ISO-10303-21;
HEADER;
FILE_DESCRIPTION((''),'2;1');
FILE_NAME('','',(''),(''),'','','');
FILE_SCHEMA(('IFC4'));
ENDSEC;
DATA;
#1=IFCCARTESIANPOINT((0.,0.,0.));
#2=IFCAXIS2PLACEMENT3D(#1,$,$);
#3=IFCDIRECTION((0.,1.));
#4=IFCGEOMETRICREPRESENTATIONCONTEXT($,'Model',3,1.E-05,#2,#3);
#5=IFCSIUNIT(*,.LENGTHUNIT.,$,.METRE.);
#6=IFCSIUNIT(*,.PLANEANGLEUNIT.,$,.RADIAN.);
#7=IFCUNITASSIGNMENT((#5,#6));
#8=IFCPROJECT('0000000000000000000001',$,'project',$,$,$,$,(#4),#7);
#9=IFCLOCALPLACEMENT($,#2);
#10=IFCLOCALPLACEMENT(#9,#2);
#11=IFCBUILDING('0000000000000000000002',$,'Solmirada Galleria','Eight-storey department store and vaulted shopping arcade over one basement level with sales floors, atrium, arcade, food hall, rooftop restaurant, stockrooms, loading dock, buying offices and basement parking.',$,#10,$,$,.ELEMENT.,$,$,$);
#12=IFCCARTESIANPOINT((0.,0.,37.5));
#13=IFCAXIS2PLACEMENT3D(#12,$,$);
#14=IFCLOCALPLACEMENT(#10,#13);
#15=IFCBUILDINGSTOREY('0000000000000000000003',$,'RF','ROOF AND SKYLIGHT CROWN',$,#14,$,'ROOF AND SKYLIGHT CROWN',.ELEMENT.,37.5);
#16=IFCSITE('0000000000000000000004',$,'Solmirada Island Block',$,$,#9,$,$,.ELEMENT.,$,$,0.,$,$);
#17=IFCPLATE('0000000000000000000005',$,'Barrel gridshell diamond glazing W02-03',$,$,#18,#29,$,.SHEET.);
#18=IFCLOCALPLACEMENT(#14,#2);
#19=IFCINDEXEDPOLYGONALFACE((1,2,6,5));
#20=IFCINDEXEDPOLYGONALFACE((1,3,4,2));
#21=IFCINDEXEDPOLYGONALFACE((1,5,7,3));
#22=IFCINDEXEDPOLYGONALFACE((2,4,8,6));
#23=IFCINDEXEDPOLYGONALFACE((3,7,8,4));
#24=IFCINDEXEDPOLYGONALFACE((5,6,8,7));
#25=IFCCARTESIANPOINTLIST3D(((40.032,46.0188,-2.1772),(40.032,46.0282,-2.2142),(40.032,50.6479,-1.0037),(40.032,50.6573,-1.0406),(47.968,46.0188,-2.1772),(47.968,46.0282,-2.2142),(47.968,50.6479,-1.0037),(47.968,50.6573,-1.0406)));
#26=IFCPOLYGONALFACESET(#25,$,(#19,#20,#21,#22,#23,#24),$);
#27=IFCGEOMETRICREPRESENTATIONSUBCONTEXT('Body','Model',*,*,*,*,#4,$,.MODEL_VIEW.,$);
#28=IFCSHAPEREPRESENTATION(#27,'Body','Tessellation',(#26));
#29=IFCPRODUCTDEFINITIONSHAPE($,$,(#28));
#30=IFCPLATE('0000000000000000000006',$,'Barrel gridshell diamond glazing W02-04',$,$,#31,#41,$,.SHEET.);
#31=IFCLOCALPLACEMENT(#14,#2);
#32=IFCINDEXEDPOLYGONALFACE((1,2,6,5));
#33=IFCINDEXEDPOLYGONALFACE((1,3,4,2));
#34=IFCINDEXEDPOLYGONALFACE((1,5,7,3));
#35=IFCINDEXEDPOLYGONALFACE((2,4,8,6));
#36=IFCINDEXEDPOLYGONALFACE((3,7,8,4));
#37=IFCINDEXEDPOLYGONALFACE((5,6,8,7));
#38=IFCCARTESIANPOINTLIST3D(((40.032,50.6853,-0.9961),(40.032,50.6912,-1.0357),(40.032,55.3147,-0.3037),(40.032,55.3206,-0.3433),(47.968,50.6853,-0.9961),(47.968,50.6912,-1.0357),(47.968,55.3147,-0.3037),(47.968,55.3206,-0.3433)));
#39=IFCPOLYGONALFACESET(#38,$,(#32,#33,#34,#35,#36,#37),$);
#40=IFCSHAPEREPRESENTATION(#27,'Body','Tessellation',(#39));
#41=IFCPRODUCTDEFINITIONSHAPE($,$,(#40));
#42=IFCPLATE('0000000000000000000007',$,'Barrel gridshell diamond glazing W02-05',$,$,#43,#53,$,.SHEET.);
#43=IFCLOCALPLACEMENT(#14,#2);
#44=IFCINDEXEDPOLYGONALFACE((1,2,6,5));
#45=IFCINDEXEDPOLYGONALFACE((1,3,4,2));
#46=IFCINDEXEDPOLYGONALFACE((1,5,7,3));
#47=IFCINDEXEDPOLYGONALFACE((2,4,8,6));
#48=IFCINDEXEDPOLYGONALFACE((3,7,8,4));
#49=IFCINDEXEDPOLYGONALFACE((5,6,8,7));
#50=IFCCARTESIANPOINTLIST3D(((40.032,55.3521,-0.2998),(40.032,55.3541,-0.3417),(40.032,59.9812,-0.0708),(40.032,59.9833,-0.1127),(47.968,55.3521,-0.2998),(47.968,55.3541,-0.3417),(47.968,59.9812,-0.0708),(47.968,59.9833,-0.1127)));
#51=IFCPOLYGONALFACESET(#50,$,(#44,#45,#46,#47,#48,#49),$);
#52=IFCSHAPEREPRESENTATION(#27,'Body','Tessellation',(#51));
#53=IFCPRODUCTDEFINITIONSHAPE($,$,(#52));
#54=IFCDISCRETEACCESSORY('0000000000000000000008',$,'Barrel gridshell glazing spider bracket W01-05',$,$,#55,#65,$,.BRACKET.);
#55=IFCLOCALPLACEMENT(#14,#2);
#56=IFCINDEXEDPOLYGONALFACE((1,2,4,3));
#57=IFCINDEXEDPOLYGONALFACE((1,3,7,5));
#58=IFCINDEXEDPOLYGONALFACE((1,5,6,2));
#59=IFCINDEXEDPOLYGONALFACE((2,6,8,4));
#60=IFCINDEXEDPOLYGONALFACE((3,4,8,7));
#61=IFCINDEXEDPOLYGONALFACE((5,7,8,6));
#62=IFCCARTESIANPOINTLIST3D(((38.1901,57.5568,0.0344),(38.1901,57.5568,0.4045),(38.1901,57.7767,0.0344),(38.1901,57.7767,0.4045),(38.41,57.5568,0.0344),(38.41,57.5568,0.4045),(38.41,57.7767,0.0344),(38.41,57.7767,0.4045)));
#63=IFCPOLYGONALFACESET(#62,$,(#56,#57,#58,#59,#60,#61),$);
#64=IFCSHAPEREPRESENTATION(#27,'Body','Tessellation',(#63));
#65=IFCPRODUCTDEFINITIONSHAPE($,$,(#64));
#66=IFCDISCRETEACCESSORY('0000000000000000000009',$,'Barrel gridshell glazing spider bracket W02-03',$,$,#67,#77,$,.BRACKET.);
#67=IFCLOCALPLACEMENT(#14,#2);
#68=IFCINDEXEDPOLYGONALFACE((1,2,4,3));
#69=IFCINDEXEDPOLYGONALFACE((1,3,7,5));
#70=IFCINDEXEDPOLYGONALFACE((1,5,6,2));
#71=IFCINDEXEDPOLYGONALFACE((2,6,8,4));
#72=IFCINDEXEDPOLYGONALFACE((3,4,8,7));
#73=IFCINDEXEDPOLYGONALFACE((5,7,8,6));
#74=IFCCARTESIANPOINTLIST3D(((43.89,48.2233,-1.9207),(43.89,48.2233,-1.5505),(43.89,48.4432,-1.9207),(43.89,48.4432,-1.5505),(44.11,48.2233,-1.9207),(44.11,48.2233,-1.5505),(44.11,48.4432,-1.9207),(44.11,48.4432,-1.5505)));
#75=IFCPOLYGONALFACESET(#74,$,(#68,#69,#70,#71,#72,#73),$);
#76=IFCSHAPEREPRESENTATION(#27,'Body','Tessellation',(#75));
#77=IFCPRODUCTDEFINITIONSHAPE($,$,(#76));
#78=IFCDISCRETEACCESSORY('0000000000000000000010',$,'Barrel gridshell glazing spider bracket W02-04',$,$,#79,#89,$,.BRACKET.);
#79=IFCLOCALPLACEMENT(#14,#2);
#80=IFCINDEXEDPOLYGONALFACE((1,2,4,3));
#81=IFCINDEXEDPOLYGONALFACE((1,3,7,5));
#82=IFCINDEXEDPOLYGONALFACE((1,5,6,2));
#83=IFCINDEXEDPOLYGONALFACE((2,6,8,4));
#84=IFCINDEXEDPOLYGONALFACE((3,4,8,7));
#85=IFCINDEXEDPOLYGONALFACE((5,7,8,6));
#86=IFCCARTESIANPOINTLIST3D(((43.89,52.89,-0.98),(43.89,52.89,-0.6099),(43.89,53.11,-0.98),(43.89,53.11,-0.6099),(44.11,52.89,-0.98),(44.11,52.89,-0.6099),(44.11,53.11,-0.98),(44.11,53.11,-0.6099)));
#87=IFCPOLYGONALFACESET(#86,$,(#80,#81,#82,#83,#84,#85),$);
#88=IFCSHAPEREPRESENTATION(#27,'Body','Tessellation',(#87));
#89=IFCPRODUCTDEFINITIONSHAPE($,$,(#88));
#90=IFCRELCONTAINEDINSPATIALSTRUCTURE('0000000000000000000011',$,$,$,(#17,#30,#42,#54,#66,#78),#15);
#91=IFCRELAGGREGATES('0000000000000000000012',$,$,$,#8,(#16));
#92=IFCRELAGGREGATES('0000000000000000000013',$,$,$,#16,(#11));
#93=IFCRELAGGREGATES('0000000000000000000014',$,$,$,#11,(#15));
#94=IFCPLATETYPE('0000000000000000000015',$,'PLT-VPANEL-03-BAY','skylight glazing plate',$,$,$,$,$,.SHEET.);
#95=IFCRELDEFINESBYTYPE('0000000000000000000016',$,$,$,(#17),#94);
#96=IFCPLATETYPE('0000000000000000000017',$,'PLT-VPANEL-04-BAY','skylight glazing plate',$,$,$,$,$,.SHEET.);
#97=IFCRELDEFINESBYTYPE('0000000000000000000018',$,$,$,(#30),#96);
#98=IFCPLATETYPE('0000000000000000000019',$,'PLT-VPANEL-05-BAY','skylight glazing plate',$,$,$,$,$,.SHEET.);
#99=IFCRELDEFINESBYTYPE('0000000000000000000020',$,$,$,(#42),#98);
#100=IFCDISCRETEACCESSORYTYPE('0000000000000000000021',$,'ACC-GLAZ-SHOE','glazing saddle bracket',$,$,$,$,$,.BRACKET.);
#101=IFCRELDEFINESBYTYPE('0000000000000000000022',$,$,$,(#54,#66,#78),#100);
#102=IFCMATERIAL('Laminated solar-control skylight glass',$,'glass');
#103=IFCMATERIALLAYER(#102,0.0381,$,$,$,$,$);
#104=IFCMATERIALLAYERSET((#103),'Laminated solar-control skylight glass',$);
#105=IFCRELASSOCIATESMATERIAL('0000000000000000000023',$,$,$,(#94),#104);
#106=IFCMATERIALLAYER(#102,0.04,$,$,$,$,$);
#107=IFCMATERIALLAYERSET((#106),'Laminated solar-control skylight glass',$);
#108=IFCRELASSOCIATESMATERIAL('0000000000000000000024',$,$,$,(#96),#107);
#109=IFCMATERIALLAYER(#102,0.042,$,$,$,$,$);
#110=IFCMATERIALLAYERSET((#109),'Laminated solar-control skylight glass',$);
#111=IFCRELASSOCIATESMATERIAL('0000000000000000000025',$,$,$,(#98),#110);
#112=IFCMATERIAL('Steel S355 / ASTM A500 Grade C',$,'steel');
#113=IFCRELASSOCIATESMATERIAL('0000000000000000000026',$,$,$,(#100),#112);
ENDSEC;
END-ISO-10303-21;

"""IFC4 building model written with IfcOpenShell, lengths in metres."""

from ifc_helpers import new_model, si_unit, direction, frame, origin, origin_2d, place, context, subcontext, project, spatial, polyline, rectangle, outline, extrude, material, layer, layer_set, type_object, element, save


model = new_model("IFC4")

# Units and contexts
model_context = context("Model", 3, precision=1e-05, world=origin(), true_north=direction((0.0, 1.0)))
body_context = subcontext(model_context, "Body", "Model", "MODEL_VIEW")
ifc_project = project(units=[si_unit("LENGTHUNIT", "METRE"), si_unit("PLANEANGLEUNIT", "RADIAN")], contexts=[model_context])

# Site, building, storey
site_placement = place(None, origin())
site = spatial("IfcSite", under=ifc_project, at=site_placement, Name="Solmirada Island Block", CompositionType="ELEMENT", RefElevation=0.0)
building_placement = place(site_placement, origin())
building = spatial("IfcBuilding", under=site, at=building_placement, Name="Solmirada Galleria", Description="Eight-storey department store and vaulted shopping arcade over one basement level with sales floors, atrium, arcade, food hall, rooftop restaurant, stockrooms, loading dock, buying offices and basement parking.", CompositionType="ELEMENT")
storey_placement = place(building_placement, frame((0.0, 0.0, 37.5)))
storey = spatial("IfcBuildingStorey", under=building, at=storey_placement, Name="RF", Description="ROOF AND SKYLIGHT CROWN", LongName="ROOF AND SKYLIGHT CROWN", CompositionType="ELEMENT", Elevation=37.5)

# Shared definitions
ifc_material_1 = material(Name="Steel S355 / ASTM A500 Grade C", Category="steel")

# Plates
ifc_material_2 = material(Name="Laminated solar-control skylight glass", Category="glass")
ifc_layer_1 = layer(ifc_material_2, 0.0381)
ifc_layer_set_1 = layer_set([ifc_layer_1], Name="Laminated solar-control skylight glass")
plate_type_1 = type_object("IfcPlateType", Name="PLT-VPANEL-03-BAY", Description="skylight glazing plate", PredefinedType="SHEET", material=ifc_layer_set_1)
plate_1_placement = place(storey_placement, frame((40.032, 46.0188, -2.1772), z_axis=(0.0, -0.245746, 0.969334), x_axis=(1.0, 0.0, 0.0)))
element("IfcPlate", 1, at=plate_1_placement, inside=storey, type_object=plate_type_1, Name="Barrel gridshell diamond glazing W02-03", PredefinedType="SHEET", context=body_context, shape_type="SweptSolid", body=[
    extrude(outline(polyline([(0.0, 0.0), (7.936, 0.0), (7.936, 4.7756), (0.0, 4.7756), (0.0, 0.0)])), origin(), (0.0, 0.0, -1.0), 0.0381),
])
ifc_layer_2 = layer(ifc_material_2, 0.04)
ifc_layer_set_2 = layer_set([ifc_layer_2], Name="Laminated solar-control skylight glass")
plate_type_2 = type_object("IfcPlateType", Name="PLT-VPANEL-04-BAY", Description="skylight glazing plate", PredefinedType="SHEET", material=ifc_layer_set_2)
plate_2_placement = place(storey_placement, frame((40.032, 50.6853, -0.9961), z_axis=(0.0, -0.147917, 0.989), x_axis=(1.0, 0.0, 0.0)))
element("IfcPlate", 2, at=plate_2_placement, inside=storey, type_object=plate_type_2, Name="Barrel gridshell diamond glazing W02-04", PredefinedType="SHEET", context=body_context, shape_type="SweptSolid", body=[
    extrude(outline(polyline([(0.0, 0.0), (7.936, 0.0), (7.936, 4.6809), (0.0, 4.6809), (0.0, 0.0)])), origin(), (0.0, 0.0, -1.0), 0.04),
])
ifc_layer_3 = layer(ifc_material_2, 0.042)
ifc_layer_set_3 = layer_set([ifc_layer_3], Name="Laminated solar-control skylight glass")
plate_type_3 = type_object("IfcPlateType", Name="PLT-VPANEL-05-BAY", Description="skylight glazing plate", PredefinedType="SHEET", material=ifc_layer_set_3)
plate_3_placement = place(storey_placement, frame((40.032, 55.3521, -0.2998), z_axis=(0.0, -0.04941, 0.998779), x_axis=(1.0, 0.0, 0.0)))
element("IfcPlate", 3, at=plate_3_placement, inside=storey, type_object=plate_type_3, Name="Barrel gridshell diamond glazing W02-05", PredefinedType="SHEET", context=body_context, shape_type="SweptSolid", body=[
    extrude(outline(polyline([(0.0, 0.0), (7.936, 0.0), (7.936, 4.6348), (0.0, 4.6348), (0.0, 0.0)])), origin(), (0.0, 0.0, -1.0), 0.042),
])

# Discrete accessories
discrete_accessory_type = type_object("IfcDiscreteAccessoryType", Name="ACC-GLAZ-SHOE", Description="glazing saddle bracket", PredefinedType="BRACKET", material=ifc_material_1)
for number, where, z_axis, x_axis, name in (
    (4, (38.3, 57.6667, 0.0344), (0.0, 0.0, 1.0), (1.0, 0.0, 0.0), "Barrel gridshell glazing spider bracket W01-05"),
    (5, (44.0, 48.3333, -1.9207), (0.0, 0.0, 1.0), (1.0, 0.0, 0.0), "Barrel gridshell glazing spider bracket W02-03"),
    (6, (44.0, 53.0, -0.98), (0.0, 0.0, 1.0), (1.0, 0.0, 0.0), "Barrel gridshell glazing spider bracket W02-04"),
):
    element("IfcDiscreteAccessory", number, at=place(storey_placement, frame(where, z_axis=z_axis, x_axis=x_axis)), inside=storey, type_object=discrete_accessory_type, Name=name, PredefinedType="BRACKET", context=body_context, shape_type="SweptSolid", body=[
        extrude(rectangle(XDim=0.22, YDim=0.22, at=origin_2d()), origin(), (0.0, 0.0, 1.0), 0.3701),
    ])

save(model, "model.ifc")
